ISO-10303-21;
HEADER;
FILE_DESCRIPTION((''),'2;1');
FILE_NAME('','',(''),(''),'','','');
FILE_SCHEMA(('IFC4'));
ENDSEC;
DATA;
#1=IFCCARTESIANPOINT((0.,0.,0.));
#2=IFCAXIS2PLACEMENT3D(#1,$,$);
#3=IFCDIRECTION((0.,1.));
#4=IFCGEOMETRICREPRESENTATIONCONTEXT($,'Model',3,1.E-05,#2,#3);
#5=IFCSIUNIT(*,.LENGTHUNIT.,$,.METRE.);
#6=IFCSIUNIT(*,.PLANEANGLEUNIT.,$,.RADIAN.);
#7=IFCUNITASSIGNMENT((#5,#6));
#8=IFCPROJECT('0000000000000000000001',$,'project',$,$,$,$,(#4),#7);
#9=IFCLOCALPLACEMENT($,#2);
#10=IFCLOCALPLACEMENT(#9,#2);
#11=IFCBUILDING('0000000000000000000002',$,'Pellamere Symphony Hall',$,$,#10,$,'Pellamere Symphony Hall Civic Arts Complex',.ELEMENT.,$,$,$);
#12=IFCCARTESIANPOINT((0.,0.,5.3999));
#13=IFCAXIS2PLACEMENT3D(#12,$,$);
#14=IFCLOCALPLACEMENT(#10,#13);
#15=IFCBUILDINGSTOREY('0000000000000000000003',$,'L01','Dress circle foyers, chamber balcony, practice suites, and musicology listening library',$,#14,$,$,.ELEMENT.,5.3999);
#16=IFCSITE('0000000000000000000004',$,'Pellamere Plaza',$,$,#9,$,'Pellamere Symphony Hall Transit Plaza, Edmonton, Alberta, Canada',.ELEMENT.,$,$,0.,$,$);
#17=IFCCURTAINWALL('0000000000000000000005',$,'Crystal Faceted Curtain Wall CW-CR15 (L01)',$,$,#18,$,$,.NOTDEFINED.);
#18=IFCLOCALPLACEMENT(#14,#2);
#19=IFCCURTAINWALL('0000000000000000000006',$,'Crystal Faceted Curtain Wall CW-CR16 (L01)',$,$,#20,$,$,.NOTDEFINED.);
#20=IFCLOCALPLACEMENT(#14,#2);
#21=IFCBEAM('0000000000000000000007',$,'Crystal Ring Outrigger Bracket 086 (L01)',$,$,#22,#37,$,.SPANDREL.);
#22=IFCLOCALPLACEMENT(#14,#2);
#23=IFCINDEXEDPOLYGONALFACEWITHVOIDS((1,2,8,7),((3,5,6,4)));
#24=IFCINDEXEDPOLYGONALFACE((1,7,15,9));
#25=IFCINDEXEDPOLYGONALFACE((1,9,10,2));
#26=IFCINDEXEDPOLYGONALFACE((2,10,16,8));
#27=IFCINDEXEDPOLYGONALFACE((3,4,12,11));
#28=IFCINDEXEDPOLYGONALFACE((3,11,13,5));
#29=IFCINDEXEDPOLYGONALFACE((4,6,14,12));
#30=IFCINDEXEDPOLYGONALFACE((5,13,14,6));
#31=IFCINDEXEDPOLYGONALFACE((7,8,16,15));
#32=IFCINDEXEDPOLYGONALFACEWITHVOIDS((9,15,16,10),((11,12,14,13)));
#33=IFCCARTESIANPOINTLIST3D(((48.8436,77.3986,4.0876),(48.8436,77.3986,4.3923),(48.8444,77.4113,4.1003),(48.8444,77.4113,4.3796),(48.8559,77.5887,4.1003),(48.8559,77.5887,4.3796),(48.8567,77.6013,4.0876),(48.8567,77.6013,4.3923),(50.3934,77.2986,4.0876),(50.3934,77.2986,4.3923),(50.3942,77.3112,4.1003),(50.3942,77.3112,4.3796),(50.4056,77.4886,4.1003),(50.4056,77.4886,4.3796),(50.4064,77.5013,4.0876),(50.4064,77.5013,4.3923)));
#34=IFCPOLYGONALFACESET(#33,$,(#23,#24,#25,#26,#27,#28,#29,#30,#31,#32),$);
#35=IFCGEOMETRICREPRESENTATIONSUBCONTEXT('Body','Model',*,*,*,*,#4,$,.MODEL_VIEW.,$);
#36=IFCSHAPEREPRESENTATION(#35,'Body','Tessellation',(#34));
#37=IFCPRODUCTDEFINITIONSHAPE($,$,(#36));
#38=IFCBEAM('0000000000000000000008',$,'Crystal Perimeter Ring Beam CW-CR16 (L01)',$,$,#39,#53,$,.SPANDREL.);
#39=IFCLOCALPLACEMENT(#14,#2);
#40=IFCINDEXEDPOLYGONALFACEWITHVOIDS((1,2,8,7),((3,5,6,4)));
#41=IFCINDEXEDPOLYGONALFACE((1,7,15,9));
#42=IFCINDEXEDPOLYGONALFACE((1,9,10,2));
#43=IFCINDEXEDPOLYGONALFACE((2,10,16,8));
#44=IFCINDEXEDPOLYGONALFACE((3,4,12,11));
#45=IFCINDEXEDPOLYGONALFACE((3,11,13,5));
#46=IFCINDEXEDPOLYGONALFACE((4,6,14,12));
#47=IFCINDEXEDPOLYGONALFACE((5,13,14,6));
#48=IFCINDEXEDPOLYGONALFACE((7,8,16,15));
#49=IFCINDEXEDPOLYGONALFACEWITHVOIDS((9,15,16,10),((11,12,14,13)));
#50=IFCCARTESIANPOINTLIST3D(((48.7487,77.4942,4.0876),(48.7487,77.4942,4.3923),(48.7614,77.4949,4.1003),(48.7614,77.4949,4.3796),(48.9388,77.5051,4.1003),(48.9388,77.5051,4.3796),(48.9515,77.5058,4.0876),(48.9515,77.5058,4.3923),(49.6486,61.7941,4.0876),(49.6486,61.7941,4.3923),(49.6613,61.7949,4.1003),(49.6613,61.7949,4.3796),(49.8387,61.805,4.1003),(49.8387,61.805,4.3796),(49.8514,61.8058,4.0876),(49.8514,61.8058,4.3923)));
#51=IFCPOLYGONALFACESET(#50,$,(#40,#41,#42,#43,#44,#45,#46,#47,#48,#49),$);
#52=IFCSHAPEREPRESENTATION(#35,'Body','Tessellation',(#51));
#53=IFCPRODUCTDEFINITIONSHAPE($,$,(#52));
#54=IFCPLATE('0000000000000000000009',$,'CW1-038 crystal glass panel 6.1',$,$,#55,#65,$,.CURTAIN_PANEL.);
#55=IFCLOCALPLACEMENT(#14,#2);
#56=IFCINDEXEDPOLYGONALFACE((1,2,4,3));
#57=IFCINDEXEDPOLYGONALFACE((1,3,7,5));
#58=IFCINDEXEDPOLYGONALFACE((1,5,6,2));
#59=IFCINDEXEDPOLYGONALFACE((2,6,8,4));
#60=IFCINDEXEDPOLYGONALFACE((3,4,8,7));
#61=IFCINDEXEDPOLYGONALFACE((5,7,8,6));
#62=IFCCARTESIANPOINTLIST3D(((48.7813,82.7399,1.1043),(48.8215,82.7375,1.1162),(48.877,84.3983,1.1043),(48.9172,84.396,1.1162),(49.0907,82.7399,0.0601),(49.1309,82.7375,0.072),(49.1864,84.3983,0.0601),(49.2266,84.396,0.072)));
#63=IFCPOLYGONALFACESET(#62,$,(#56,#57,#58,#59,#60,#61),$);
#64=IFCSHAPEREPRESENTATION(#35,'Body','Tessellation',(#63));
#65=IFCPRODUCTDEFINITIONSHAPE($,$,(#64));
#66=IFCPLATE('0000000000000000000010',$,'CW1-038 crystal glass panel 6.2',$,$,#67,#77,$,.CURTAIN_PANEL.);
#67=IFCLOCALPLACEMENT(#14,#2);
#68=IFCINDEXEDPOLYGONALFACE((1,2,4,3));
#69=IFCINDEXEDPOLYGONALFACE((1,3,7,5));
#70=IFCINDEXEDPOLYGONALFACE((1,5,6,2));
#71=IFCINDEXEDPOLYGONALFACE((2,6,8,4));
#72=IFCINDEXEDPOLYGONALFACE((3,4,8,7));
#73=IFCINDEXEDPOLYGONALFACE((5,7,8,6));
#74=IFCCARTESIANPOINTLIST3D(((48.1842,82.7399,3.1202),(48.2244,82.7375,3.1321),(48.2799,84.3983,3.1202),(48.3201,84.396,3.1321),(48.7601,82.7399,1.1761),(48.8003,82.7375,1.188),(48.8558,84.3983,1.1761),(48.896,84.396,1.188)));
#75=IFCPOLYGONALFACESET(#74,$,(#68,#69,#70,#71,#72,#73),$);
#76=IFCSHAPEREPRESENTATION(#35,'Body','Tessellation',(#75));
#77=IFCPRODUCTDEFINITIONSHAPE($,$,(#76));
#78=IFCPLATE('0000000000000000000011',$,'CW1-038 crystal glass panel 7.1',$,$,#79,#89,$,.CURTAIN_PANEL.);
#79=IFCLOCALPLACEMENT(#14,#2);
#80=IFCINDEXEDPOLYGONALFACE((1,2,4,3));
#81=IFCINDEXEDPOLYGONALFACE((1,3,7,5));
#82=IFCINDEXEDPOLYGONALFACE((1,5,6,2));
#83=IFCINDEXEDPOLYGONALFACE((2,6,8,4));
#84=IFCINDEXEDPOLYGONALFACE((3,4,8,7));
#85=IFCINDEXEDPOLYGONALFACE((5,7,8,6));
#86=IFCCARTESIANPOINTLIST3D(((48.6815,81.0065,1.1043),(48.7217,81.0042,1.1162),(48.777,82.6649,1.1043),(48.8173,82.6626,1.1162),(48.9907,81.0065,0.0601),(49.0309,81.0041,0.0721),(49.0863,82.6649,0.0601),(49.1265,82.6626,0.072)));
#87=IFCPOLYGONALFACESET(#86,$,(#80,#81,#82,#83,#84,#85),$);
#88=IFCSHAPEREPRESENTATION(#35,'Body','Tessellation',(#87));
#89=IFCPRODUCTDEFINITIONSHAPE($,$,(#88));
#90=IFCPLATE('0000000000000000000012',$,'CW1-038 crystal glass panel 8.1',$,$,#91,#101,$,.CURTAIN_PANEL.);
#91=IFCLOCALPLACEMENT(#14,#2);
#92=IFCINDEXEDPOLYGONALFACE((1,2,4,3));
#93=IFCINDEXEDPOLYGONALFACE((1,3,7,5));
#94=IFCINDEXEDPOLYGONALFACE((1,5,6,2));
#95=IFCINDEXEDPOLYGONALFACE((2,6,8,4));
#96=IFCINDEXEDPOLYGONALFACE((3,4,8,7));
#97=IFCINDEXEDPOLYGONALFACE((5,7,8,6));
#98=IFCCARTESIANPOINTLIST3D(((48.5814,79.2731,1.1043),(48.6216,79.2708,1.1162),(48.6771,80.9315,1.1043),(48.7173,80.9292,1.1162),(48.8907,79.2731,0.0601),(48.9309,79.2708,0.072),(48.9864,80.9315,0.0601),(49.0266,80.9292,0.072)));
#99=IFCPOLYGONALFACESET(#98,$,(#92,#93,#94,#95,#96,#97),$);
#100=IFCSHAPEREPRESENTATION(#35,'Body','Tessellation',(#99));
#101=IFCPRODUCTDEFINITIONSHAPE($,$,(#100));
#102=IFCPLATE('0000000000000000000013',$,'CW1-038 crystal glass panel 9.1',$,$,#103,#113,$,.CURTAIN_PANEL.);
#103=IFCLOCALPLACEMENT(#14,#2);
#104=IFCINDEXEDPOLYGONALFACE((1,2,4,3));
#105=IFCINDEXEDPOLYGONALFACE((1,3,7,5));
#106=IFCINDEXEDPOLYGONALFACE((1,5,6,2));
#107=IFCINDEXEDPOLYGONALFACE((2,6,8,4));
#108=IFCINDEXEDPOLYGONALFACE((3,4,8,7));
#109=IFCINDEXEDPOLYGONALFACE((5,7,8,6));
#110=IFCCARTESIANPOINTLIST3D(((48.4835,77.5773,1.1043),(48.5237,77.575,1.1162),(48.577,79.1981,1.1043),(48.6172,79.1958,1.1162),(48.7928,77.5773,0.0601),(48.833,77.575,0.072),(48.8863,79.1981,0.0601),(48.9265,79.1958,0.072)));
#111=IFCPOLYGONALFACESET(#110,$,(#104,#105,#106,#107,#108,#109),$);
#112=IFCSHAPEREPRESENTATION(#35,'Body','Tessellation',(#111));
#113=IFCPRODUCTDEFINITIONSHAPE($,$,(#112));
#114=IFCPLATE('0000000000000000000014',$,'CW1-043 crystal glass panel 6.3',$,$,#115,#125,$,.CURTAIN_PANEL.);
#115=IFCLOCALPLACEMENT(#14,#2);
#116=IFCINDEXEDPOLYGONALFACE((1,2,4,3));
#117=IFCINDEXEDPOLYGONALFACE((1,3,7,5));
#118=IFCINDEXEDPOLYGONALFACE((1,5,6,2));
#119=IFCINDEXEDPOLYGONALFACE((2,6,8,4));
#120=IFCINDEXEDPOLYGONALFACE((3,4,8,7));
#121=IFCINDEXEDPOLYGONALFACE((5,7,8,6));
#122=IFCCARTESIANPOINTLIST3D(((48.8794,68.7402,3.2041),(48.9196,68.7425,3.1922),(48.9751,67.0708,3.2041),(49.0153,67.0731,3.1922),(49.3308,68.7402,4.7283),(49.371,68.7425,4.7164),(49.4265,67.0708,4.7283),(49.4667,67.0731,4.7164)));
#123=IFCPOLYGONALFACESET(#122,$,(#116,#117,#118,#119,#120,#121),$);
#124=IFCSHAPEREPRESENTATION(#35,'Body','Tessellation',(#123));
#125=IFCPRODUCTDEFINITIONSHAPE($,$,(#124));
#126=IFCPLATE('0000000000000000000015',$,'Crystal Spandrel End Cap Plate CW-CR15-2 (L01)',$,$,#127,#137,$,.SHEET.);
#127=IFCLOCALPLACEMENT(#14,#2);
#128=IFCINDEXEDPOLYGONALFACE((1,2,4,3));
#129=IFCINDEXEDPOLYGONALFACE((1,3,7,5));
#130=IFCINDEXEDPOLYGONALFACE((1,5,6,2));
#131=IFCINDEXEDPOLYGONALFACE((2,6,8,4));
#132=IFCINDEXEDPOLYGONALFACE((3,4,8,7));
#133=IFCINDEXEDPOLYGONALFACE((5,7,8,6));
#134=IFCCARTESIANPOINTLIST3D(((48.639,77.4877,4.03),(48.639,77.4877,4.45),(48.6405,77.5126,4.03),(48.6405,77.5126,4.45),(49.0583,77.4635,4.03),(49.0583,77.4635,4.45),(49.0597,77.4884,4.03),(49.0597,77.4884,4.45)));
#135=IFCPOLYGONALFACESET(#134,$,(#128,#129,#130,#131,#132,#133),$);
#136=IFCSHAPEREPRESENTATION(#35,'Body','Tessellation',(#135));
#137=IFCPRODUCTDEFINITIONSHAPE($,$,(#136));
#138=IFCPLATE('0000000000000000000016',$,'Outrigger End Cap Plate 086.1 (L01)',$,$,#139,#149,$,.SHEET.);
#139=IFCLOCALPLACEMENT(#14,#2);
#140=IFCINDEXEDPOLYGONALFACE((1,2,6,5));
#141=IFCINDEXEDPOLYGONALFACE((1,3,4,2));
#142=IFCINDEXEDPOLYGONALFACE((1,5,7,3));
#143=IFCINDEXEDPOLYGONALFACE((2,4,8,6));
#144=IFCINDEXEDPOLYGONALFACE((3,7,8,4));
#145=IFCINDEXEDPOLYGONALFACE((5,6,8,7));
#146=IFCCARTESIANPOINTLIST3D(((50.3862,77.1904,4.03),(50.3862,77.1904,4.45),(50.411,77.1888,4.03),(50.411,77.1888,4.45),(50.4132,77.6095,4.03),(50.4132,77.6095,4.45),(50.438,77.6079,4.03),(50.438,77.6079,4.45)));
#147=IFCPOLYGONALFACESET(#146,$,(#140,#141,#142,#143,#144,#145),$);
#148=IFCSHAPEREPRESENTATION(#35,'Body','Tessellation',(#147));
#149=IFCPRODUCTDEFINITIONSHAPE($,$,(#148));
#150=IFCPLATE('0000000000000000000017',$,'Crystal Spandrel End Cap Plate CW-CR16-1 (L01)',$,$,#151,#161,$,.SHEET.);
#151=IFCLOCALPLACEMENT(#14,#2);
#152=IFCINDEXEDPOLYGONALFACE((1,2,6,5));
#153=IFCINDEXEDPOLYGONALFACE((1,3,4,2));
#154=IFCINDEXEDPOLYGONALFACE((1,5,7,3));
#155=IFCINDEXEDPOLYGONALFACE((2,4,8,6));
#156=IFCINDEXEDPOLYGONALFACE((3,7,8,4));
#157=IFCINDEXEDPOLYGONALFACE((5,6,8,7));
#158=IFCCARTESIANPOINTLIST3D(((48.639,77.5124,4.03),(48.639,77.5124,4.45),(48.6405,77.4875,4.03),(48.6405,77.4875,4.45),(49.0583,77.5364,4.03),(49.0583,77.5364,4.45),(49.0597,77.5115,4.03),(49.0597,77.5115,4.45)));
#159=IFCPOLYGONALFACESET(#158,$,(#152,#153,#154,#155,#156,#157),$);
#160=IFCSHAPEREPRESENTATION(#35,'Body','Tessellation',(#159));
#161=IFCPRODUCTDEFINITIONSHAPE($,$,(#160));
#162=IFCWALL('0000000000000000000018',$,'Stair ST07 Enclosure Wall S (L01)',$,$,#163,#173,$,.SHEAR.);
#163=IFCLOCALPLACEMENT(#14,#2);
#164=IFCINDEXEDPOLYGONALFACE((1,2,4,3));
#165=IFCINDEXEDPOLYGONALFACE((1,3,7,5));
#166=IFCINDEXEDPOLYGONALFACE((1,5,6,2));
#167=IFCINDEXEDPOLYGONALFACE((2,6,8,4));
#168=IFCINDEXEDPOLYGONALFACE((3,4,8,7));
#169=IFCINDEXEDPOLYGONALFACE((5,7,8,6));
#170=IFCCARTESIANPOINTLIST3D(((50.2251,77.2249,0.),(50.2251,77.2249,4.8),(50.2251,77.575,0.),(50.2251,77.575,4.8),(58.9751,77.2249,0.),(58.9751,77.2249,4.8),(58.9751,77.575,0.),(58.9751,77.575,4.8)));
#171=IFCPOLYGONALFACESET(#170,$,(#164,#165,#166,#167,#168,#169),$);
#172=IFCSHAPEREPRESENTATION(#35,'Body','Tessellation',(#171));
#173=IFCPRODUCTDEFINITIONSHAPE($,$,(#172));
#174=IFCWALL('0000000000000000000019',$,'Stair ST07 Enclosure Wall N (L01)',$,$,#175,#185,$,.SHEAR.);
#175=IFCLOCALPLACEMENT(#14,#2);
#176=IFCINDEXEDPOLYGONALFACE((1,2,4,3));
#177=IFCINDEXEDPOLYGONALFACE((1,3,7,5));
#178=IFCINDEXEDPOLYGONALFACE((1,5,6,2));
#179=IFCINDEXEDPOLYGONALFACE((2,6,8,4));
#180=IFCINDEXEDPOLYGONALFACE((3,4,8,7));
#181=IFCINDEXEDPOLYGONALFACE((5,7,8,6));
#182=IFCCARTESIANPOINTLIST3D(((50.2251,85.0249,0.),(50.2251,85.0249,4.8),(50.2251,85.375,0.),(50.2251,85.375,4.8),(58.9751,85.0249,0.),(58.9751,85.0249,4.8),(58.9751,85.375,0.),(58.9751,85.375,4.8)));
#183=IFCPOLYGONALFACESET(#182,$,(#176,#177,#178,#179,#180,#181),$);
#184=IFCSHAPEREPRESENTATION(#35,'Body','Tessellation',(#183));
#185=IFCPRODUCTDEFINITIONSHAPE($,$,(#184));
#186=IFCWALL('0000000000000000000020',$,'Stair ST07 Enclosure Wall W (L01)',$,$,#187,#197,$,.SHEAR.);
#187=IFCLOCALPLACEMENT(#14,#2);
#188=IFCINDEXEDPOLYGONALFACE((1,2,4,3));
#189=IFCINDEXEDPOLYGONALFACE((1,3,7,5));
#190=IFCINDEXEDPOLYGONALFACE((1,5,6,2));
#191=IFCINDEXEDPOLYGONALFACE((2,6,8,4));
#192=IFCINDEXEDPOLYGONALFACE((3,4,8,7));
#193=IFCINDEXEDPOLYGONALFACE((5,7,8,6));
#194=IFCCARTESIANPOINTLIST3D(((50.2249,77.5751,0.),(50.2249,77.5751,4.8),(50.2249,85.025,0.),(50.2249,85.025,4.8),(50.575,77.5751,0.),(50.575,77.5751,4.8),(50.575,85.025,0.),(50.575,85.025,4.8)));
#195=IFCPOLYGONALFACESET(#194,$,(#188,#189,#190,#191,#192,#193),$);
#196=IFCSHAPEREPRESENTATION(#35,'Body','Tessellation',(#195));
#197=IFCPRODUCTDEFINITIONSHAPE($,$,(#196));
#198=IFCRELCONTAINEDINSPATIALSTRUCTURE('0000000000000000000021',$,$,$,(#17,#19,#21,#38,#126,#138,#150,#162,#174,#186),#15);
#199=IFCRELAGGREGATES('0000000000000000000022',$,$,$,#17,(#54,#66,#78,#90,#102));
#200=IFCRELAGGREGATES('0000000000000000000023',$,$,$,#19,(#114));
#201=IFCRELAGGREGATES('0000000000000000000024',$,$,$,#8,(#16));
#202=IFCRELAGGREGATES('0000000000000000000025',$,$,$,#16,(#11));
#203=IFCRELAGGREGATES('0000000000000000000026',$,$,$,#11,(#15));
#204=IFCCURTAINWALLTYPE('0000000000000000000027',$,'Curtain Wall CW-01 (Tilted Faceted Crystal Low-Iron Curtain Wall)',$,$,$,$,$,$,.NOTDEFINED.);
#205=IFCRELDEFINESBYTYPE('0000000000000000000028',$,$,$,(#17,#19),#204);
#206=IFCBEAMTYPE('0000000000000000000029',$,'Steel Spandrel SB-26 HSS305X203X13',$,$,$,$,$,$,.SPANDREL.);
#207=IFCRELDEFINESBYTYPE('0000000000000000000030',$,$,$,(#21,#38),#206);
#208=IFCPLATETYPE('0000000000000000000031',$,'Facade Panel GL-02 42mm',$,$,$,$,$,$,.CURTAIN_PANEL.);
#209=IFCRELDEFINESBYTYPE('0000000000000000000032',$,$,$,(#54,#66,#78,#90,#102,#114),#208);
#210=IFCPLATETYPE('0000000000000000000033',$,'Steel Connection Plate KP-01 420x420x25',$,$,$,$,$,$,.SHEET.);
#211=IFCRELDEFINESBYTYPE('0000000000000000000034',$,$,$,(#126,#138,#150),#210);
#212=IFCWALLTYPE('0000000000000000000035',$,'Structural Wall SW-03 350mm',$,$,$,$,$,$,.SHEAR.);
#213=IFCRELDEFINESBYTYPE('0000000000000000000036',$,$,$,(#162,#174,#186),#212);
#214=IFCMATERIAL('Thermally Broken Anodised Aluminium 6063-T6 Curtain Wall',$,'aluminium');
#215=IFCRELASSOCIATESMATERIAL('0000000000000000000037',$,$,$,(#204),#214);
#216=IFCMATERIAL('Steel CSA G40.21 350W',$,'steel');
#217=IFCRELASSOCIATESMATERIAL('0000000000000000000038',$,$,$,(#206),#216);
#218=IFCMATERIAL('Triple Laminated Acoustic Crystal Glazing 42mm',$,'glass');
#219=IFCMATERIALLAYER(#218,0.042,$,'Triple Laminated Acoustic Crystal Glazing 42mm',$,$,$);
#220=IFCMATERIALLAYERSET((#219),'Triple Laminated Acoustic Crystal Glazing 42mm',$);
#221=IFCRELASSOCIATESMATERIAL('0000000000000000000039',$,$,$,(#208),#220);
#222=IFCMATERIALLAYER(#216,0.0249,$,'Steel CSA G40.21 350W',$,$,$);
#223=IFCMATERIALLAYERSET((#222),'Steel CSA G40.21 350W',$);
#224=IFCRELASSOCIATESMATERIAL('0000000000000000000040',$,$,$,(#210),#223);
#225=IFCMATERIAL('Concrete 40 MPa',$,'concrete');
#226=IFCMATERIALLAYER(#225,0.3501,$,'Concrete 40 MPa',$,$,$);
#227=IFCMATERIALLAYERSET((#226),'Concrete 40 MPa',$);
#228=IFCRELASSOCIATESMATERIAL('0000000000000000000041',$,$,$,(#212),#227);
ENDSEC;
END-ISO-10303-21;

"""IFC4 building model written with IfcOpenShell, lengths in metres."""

from ifc_helpers import new_model, si_unit, direction, frame, frame_2d, origin, origin_2d, place, context, subcontext, project, spatial, polyline, rectangle, hollow_rectangle, outline, extrude, material, layer, layer_set, material_profile, profile_set, type_object, element, aggregate, save


model = new_model("IFC4")

# Units and contexts
model_context = context("Model", 3, precision=1e-05, world=origin(), true_north=direction((0.0, 1.0)))
body_context = subcontext(model_context, "Body", "Model", "MODEL_VIEW")
ifc_project = project(units=[si_unit("LENGTHUNIT", "METRE"), si_unit("PLANEANGLEUNIT", "RADIAN")], contexts=[model_context])

# Site, building, storey
site_placement = place(None, origin())
site = spatial("IfcSite", under=ifc_project, at=site_placement, Name="Pellamere Plaza", LongName="Pellamere Symphony Hall Transit Plaza, Edmonton, Alberta, Canada", CompositionType="ELEMENT", RefElevation=0.0)
building_placement = place(site_placement, origin())
building = spatial("IfcBuilding", under=site, at=building_placement, Name="Pellamere Symphony Hall", LongName="Pellamere Symphony Hall Civic Arts Complex", CompositionType="ELEMENT")
storey_placement = place(building_placement, frame((0.0, 0.0, 5.3999)))
storey = spatial("IfcBuildingStorey", under=building, at=storey_placement, Name="L01", Description="Dress circle foyers, chamber balcony, practice suites, and musicology listening library", CompositionType="ELEMENT", Elevation=5.3999)

# Shared definitions
ifc_material_1 = material(Name="Concrete 40 MPa", Category="concrete")

# Curtain walls
ifc_material_2 = material(Name="Thermally Broken Anodised Aluminium 6063-T6 Curtain Wall", Category="aluminium")
curtain_wall_type = type_object("IfcCurtainWallType", Name="Curtain Wall CW-01 (Tilted Faceted Crystal Low-Iron Curtain Wall)", PredefinedType="NOTDEFINED", material=ifc_material_2)
curtain_wall_1_placement = place(storey_placement, origin())
curtain_wall_1 = element("IfcCurtainWall", 1, at=curtain_wall_1_placement, inside=storey, type_object=curtain_wall_type, Name="Crystal Faceted Curtain Wall CW-CR15 (L01)", PredefinedType="NOTDEFINED")
curtain_wall_2_placement = place(storey_placement, origin())
curtain_wall_2 = element("IfcCurtainWall", 2, at=curtain_wall_2_placement, inside=storey, type_object=curtain_wall_type, Name="Crystal Faceted Curtain Wall CW-CR16 (L01)", PredefinedType="NOTDEFINED")

# Beams
ifc_material_3 = material(Name="Steel CSA G40.21 350W", Category="steel")
ifc_material_profile_1 = material_profile(ifc_material_3, hollow_rectangle(XDim=0.2031, YDim=0.3047, WallThickness=0.0127, at=origin_2d()), Name="HSS305X203X13")
ifc_profile_set_1 = profile_set([ifc_material_profile_1], Name="Steel CSA G40.21 350W")
beam_type_1 = type_object("IfcBeamType", Name="Steel Spandrel SB-26 HSS305X203X13", PredefinedType="SPANDREL", material=ifc_profile_set_1)
beam_1_placement = place(storey_placement, frame((50.3999, 77.3999, 4.24), z_axis=(-0.997921, 0.064453, 0.0), x_axis=(-0.064453, -0.997921, 0.0)))
element("IfcBeam", 3, at=beam_1_placement, inside=storey, type_object=beam_type_1, Name="Crystal Ring Outrigger Bracket 086 (L01)", PredefinedType="SPANDREL", context=body_context, shape_type="SweptSolid", body=[
    extrude(hollow_rectangle(XDim=0.2031, YDim=0.3047, WallThickness=0.0127, at=origin_2d()), origin(), (0.0, 0.0, 1.0), 1.553),
])
beam_2_placement = place(storey_placement, frame((48.8501, 77.5, 4.24), z_axis=(0.057225, -0.998361, 0.0), x_axis=(0.998361, 0.057225, 0.0)))
element("IfcBeam", 4, at=beam_2_placement, inside=storey, type_object=beam_type_1, Name="Crystal Perimeter Ring Beam CW-CR16 (L01)", PredefinedType="SPANDREL", context=body_context, shape_type="SweptSolid", body=[
    extrude(hollow_rectangle(XDim=0.2031, YDim=0.3047, WallThickness=0.0127, at=origin_2d()), origin(), (0.0, 0.0, 1.0), 15.7258),
])

# Plates
ifc_material_4 = material(Name="Triple Laminated Acoustic Crystal Glazing 42mm", Category="glass")
ifc_layer_1 = layer(ifc_material_4, 0.042, Name="Triple Laminated Acoustic Crystal Glazing 42mm")
ifc_layer_set_1 = layer_set([ifc_layer_1], Name="Triple Laminated Acoustic Crystal Glazing 42mm")
plate_type_1 = type_object("IfcPlateType", Name="Facade Panel GL-02 42mm", PredefinedType="CURTAIN_PANEL", material=ifc_layer_set_1)
plate_1_placement = place(storey_placement, frame((49.2266, 84.396, 0.072), z_axis=(0.95735, -0.055245, 0.283601), x_axis=(-0.057611, -0.998339, 0.0)))
plate_1 = element("IfcPlate", 5, at=plate_1_placement, type_object=plate_type_1, Name="CW1-038 crystal glass panel 6.1", PredefinedType="CURTAIN_PANEL", context=body_context, shape_type="SweptSolid", body=[
    extrude(outline(polyline([(0.0, 0.0), (1.6612, 0.0), (1.679, -1.0889), (0.0178, -1.0889), (0.0, 0.0)])), origin(), (0.0, 0.0, -1.0), 0.042),
])
plate_2_placement = place(storey_placement, frame((48.896, 84.396, 1.188), z_axis=(0.957347, -0.055245, 0.283609), x_axis=(-0.057611, -0.998339, 0.0)))
plate_2 = element("IfcPlate", 6, at=plate_2_placement, type_object=plate_type_1, Name="CW1-038 crystal glass panel 6.2", PredefinedType="CURTAIN_PANEL", context=body_context, shape_type="SweptSolid", body=[
    extrude(outline(polyline([(0.0, 0.0), (1.6612, 0.0), (1.6944, -2.0273), (0.0332, -2.0273), (0.0, 0.0)])), origin(), (0.0, 0.0, -1.0), 0.042),
])
plate_3_placement = place(storey_placement, frame((49.1265, 82.6626, 0.072), z_axis=(0.957384, -0.055177, 0.283499), x_axis=(-0.057543, -0.998343, 0.00002)))
plate_3 = element("IfcPlate", 7, at=plate_3_placement, type_object=plate_type_1, Name="CW1-038 crystal glass panel 7.1", PredefinedType="CURTAIN_PANEL", context=body_context, shape_type="SweptSolid", body=[
    extrude(outline(polyline([(0.0, 0.0), (1.6612, 0.0), (1.679, -1.0888), (0.0178, -1.0889), (0.0, 0.0)])), origin(), (0.0, 0.0, -1.0), 0.042),
])
plate_4_placement = place(storey_placement, frame((49.0266, 80.9292, 0.072), z_axis=(0.95735, -0.055245, 0.283601), x_axis=(-0.057611, -0.998339, 0.0)))
plate_4 = element("IfcPlate", 8, at=plate_4_placement, type_object=plate_type_1, Name="CW1-038 crystal glass panel 8.1", PredefinedType="CURTAIN_PANEL", context=body_context, shape_type="SweptSolid", body=[
    extrude(outline(polyline([(0.0, 0.0), (1.6612, 0.0), (1.679, -1.0889), (0.0178, -1.0889), (0.0, 0.0)])), origin(), (0.0, 0.0, -1.0), 0.042),
])
plate_5_placement = place(storey_placement, frame((48.9265, 79.1958, 0.072), z_axis=(0.957351, -0.055229, 0.283601), x_axis=(-0.057594, -0.99834, 0.0)))
plate_5 = element("IfcPlate", 9, at=plate_5_placement, type_object=plate_type_1, Name="CW1-038 crystal glass panel 9.1", PredefinedType="CURTAIN_PANEL", context=body_context, shape_type="SweptSolid", body=[
    extrude(outline(polyline([(0.0, 0.0), (1.6235, 0.0), (1.6414, -1.0889), (0.0178, -1.0889), (0.0, 0.0)])), origin(), (0.0, 0.0, -1.0), 0.042),
])
aggregate(curtain_wall_1, [plate_1, plate_2, plate_3, plate_4, plate_5])
plate_6_placement = place(storey_placement, frame((48.8794, 68.7402, 3.2041), z_axis=(-0.957385, -0.054884, 0.28355), x_axis=(0.057233, -0.998361, 0.0)))
plate_6 = element("IfcPlate", 10, at=plate_6_placement, type_object=plate_type_1, Name="CW1-043 crystal glass panel 6.3", PredefinedType="CURTAIN_PANEL", context=body_context, shape_type="SweptSolid", body=[
    extrude(outline(polyline([(0.0, 0.0), (1.6722, 0.0), (1.698, 1.5894), (0.0258, 1.5894), (0.0, 0.0)])), origin(), (0.0, 0.0, -1.0), 0.042),
])
aggregate(curtain_wall_2, [plate_6])

# Plates
ifc_layer_2 = layer(ifc_material_3, 0.0249, Name="Steel CSA G40.21 350W")
ifc_layer_set_2 = layer_set([ifc_layer_2], Name="Steel CSA G40.21 350W")
plate_type_2 = type_object("IfcPlateType", Name="Steel Connection Plate KP-01 420x420x25", PredefinedType="SHEET", material=ifc_layer_set_2)
for number, where, z_axis, x_axis, name in (
    (11, (48.8494, 77.488, 4.03), (0.0, 0.0, 1.0), (-0.057564, -0.998342, 0.0), "Crystal Spandrel End Cap Plate CW-CR15-2 (L01)"),
    (12, (50.4121, 77.3992, 4.03), (0.0, 0.0, 1.0), (-0.997927, 0.064358, 0.0), "Outrigger End Cap Plate 086.1 (L01)"),
    (13, (48.8494, 77.512, 4.03), (0.0, 0.0, 1.0), (0.057216, -0.998362, 0.0), "Crystal Spandrel End Cap Plate CW-CR16-1 (L01)"),
):
    element("IfcPlate", number, at=place(storey_placement, frame(where, z_axis=z_axis, x_axis=x_axis)), inside=storey, type_object=plate_type_2, Name=name, PredefinedType="SHEET", context=body_context, shape_type="SweptSolid", body=[
        extrude(rectangle(XDim=0.0249, YDim=0.4199, at=origin_2d()), origin(), (0.0, 0.0, 1.0), 0.4199),
    ])

# Walls
ifc_layer_3 = layer(ifc_material_1, 0.3501, Name="Concrete 40 MPa")
ifc_layer_set_3 = layer_set([ifc_layer_3], Name="Concrete 40 MPa")
wall_type = type_object("IfcWallType", Name="Structural Wall SW-03 350mm", PredefinedType="SHEAR", material=ifc_layer_set_3)
for number, where, z_axis, x_axis, name in (
    (14, (50.2251, 77.3999, 0.0), (0.0, 0.0, 1.0), (1.0, 0.0, 0.0), "Stair ST07 Enclosure Wall S (L01)"),
    (15, (50.2251, 85.2, 0.0), (0.0, 0.0, 1.0), (1.0, 0.0, 0.0), "Stair ST07 Enclosure Wall N (L01)"),
):
    element("IfcWall", number, at=place(storey_placement, frame(where, z_axis=z_axis, x_axis=x_axis)), inside=storey, type_object=wall_type, Name=name, PredefinedType="SHEAR", context=body_context, shape_type="SweptSolid", body=[
        extrude(rectangle(XDim=8.75, YDim=0.3501, at=frame_2d((4.375, 0.0))), origin(), (0.0, 0.0, 1.0), 4.8),
    ])
wall_placement = place(storey_placement, frame((50.3999, 77.575, 0.0), z_axis=(0.0, 0.0, 1.0), x_axis=(0.0, 1.0, 0.0)))
element("IfcWall", 16, at=wall_placement, inside=storey, type_object=wall_type, Name="Stair ST07 Enclosure Wall W (L01)", PredefinedType="SHEAR", context=body_context, shape_type="SweptSolid", body=[
    extrude(rectangle(XDim=7.45, YDim=0.3501, at=frame_2d((3.7251, 0.0))), origin(), (0.0, 0.0, 1.0), 4.8),
])

save(model, "model.ifc")
